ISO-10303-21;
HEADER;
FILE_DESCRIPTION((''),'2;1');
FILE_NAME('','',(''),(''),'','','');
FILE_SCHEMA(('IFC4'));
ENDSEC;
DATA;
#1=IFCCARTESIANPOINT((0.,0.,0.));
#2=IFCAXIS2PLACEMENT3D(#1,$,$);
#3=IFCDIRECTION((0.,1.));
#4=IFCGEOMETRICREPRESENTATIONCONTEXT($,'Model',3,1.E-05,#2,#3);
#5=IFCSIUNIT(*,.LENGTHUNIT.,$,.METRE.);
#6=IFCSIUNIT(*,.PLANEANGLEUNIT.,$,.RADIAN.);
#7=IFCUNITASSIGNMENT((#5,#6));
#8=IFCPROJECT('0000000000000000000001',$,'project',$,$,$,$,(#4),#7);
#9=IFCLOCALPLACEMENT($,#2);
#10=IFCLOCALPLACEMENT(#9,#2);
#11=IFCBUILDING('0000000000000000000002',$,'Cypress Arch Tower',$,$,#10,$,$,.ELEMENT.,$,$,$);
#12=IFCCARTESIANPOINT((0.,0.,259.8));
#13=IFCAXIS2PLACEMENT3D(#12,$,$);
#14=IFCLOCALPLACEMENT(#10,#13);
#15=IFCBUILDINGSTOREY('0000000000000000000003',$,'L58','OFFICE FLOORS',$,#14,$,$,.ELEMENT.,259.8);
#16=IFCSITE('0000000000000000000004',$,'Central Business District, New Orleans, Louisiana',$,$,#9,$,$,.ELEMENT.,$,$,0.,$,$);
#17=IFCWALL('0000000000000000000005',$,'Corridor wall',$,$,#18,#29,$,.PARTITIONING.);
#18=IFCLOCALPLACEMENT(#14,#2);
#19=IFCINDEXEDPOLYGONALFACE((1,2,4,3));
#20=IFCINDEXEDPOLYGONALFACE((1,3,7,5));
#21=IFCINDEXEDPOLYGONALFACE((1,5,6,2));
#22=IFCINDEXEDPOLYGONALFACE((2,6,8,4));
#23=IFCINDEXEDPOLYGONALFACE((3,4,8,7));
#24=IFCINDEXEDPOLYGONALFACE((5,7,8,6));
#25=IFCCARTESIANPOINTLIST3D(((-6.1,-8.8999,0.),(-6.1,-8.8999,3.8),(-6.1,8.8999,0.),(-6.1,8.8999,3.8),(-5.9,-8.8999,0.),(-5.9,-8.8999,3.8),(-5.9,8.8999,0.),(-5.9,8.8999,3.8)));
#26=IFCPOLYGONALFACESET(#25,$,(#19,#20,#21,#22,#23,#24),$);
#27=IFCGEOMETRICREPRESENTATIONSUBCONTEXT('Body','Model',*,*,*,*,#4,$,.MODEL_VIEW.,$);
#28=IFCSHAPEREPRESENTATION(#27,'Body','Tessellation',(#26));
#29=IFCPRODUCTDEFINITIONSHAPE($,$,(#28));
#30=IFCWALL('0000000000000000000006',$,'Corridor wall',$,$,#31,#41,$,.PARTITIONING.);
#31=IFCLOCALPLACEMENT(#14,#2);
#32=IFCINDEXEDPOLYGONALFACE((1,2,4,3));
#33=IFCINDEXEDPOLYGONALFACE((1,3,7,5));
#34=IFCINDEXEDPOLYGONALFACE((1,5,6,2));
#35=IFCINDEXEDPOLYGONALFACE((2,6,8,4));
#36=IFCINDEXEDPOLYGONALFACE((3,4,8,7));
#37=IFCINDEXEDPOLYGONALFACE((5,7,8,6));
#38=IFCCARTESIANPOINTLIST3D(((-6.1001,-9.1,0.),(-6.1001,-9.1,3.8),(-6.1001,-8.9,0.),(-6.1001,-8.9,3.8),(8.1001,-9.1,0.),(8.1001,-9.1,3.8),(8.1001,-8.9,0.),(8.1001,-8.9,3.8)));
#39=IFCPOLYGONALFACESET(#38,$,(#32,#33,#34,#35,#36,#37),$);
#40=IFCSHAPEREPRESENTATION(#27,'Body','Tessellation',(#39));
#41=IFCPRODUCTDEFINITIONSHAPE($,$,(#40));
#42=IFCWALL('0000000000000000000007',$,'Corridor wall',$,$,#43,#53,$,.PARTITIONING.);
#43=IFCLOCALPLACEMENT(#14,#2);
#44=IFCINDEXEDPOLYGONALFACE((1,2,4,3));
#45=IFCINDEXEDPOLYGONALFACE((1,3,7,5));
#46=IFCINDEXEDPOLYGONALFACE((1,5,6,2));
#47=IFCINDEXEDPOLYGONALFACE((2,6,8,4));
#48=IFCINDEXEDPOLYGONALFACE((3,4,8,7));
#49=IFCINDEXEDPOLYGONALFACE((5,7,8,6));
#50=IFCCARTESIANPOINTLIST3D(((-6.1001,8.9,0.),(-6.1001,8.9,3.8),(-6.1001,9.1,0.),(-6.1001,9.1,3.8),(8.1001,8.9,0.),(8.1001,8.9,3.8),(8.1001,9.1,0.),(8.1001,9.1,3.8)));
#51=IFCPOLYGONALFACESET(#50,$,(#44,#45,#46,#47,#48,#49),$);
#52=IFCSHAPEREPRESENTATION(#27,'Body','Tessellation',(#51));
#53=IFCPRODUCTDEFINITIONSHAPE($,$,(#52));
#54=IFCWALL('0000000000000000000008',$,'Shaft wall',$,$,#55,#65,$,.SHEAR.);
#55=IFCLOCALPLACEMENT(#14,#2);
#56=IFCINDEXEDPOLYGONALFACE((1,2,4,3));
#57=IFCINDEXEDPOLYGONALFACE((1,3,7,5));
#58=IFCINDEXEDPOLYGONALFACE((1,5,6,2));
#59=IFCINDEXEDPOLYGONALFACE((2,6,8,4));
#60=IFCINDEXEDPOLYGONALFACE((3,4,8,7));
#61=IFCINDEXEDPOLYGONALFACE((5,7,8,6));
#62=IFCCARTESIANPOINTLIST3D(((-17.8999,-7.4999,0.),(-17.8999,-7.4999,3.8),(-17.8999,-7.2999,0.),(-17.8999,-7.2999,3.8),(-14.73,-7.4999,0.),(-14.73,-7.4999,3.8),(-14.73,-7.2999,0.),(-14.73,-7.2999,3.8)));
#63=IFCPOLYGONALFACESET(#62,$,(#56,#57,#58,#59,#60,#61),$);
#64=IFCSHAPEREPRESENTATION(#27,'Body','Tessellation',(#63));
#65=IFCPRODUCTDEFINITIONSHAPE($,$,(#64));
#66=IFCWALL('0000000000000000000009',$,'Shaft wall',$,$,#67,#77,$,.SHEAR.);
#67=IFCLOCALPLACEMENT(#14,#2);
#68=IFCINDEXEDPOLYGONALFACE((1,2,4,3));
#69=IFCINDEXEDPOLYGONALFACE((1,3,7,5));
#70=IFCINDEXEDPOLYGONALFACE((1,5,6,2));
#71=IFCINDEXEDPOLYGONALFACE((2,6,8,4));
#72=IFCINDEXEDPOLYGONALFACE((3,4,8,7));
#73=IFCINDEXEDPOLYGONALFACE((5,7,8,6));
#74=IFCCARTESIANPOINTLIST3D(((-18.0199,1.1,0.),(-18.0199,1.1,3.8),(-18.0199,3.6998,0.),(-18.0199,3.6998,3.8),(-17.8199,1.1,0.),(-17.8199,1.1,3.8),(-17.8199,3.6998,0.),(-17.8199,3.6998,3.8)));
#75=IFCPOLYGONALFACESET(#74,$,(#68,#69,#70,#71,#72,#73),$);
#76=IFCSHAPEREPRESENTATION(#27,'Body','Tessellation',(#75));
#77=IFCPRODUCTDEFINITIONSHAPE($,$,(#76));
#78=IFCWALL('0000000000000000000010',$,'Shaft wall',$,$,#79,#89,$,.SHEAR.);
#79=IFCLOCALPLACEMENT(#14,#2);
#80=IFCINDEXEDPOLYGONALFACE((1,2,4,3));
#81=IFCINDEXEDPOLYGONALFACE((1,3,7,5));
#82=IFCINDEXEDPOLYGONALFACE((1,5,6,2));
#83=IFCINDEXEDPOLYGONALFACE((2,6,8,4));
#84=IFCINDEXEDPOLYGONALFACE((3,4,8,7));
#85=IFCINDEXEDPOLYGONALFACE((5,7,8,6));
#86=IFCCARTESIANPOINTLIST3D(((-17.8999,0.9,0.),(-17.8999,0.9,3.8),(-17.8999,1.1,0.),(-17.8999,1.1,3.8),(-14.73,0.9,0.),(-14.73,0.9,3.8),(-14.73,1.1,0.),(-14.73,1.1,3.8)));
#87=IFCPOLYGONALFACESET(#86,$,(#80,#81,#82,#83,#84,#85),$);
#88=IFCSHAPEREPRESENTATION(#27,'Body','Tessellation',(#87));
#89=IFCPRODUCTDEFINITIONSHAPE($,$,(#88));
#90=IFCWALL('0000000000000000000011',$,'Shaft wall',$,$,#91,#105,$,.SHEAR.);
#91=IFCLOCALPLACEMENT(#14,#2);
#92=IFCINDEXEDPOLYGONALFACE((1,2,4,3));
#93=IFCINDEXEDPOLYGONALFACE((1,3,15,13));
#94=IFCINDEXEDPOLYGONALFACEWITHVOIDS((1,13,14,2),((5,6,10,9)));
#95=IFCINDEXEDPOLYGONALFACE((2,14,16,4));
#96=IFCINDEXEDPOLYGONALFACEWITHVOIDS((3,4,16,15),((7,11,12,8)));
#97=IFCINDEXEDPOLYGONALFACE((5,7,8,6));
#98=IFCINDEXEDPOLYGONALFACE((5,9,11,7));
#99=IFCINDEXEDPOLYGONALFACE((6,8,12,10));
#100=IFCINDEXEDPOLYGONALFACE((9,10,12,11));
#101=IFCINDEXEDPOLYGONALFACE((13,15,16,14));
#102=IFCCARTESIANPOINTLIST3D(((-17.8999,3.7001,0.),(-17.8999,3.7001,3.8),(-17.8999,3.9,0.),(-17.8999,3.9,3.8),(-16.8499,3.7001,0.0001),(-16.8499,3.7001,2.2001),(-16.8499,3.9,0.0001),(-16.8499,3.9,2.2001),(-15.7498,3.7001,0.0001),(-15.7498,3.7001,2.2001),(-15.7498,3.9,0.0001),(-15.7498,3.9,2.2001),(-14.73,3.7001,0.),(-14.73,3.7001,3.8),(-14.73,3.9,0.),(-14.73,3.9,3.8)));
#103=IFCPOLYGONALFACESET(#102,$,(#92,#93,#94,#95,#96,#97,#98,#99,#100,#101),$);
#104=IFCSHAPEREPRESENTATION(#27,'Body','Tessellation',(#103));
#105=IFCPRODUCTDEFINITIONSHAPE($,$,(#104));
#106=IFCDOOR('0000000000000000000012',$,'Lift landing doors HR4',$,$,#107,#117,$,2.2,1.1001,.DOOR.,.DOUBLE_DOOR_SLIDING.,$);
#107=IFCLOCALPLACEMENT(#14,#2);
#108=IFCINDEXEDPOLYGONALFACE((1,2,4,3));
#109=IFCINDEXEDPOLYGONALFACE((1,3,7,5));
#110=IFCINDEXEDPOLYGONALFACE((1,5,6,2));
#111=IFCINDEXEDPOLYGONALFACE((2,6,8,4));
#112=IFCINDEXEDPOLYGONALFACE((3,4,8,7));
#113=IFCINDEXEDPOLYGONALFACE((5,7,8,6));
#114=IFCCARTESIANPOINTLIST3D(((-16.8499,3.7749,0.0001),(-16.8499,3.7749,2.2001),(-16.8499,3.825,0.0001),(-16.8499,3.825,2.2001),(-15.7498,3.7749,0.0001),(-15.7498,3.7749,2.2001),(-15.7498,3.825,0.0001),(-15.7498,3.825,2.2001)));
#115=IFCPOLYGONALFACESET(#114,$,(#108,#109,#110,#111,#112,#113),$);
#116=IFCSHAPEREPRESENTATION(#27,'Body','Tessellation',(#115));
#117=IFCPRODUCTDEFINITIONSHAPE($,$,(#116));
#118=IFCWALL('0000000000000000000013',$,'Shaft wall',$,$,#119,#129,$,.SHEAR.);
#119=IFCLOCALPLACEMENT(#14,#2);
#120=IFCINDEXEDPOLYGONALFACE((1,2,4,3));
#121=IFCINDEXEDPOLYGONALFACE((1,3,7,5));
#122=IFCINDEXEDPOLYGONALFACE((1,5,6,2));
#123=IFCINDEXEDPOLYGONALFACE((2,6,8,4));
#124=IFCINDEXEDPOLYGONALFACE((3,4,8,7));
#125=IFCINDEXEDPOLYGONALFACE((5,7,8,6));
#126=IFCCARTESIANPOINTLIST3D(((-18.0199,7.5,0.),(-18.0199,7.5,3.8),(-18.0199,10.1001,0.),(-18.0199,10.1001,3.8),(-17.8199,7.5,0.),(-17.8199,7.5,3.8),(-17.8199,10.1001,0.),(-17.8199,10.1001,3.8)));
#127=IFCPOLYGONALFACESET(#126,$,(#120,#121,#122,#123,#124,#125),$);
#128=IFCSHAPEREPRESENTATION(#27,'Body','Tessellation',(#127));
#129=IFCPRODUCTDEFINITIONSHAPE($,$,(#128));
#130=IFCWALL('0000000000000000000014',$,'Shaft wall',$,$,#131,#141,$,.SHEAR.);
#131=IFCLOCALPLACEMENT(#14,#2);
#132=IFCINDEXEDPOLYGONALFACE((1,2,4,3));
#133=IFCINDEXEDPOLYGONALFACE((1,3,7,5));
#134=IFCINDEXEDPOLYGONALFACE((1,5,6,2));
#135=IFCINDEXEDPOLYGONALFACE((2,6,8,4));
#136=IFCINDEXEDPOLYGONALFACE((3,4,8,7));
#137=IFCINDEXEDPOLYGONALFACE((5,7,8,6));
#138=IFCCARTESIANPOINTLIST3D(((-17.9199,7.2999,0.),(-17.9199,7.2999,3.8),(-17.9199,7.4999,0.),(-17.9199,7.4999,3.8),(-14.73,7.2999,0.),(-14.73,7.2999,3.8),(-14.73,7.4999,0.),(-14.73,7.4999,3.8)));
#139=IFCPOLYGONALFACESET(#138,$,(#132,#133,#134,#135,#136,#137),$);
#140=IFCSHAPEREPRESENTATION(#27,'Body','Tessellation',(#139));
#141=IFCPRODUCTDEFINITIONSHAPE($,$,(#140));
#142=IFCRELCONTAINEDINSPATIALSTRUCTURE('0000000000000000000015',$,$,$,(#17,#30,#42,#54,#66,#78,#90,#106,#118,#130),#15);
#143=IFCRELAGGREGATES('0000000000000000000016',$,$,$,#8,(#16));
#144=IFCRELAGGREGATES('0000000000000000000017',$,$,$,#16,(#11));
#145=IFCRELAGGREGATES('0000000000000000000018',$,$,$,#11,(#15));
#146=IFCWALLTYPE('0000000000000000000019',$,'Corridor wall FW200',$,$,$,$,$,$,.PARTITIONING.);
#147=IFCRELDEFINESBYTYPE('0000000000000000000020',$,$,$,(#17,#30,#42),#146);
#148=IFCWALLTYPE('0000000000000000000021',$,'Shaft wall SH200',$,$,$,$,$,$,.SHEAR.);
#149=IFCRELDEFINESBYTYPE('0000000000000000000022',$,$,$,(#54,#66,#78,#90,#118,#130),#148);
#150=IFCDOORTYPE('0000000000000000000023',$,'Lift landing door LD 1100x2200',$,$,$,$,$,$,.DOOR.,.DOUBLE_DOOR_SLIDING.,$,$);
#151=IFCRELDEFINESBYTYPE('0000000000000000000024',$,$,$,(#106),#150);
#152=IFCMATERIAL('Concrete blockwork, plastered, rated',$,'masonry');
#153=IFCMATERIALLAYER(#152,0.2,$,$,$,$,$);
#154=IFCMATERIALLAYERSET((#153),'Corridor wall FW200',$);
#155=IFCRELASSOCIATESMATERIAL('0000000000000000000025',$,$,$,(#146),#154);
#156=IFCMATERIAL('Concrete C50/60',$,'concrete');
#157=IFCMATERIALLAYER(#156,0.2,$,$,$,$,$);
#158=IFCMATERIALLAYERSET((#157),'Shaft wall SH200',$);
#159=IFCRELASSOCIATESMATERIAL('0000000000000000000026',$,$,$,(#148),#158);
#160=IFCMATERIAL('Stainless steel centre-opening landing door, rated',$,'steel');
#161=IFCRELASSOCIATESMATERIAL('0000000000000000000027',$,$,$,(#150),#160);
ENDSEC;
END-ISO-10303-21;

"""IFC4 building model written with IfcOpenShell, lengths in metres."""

from ifc_helpers import new_model, si_unit, direction, frame, frame_2d, origin, place, context, subcontext, project, spatial, rectangle, extrude, material, layer, layer_set, type_object, element, fill, save


model = new_model("IFC4")

# Units and contexts
model_context = context("Model", 3, precision=1e-05, world=origin(), true_north=direction((0.0, 1.0)))
body_context = subcontext(model_context, "Body", "Model", "MODEL_VIEW")
ifc_project = project(units=[si_unit("LENGTHUNIT", "METRE"), si_unit("PLANEANGLEUNIT", "RADIAN")], contexts=[model_context])

# Site, building, storey
site_placement = place(None, origin())
site = spatial("IfcSite", under=ifc_project, at=site_placement, Name="Central Business District, New Orleans, Louisiana", CompositionType="ELEMENT", RefElevation=0.0)
building_placement = place(site_placement, origin())
building = spatial("IfcBuilding", under=site, at=building_placement, Name="Cypress Arch Tower", CompositionType="ELEMENT")
storey_placement = place(building_placement, frame((0.0, 0.0, 259.8)))
storey = spatial("IfcBuildingStorey", under=building, at=storey_placement, Name="L58", Description="OFFICE FLOORS", CompositionType="ELEMENT", Elevation=259.8)

# Walls
ifc_material_1 = material(Name="Concrete blockwork, plastered, rated", Category="masonry")
ifc_layer_1 = layer(ifc_material_1, 0.2)
ifc_layer_set_1 = layer_set([ifc_layer_1], Name="Corridor wall FW200")
wall_type_1 = type_object("IfcWallType", Name="Corridor wall FW200", PredefinedType="PARTITIONING", material=ifc_layer_set_1)
wall_1_placement = place(storey_placement, frame((-6.0, -8.8999, 0.0), z_axis=(0.0, 0.0, 1.0), x_axis=(0.0, 1.0, 0.0)))
element("IfcWall", 1, at=wall_1_placement, inside=storey, type_object=wall_type_1, Name="Corridor wall", PredefinedType="PARTITIONING", context=body_context, shape_type="SweptSolid", body=[
    extrude(rectangle(XDim=17.7998, YDim=0.2, at=frame_2d((8.8999, 0.0))), origin(), (0.0, 0.0, 1.0), 3.8),
])
for number, where, z_axis, x_axis, name in (
    (2, (-6.1001, -9.0, 0.0), (0.0, 0.0, 1.0), (1.0, 0.0, 0.0), "Corridor wall"),
    (3, (-6.1001, 9.0, 0.0), (0.0, 0.0, 1.0), (1.0, 0.0, 0.0), "Corridor wall"),
):
    element("IfcWall", number, at=place(storey_placement, frame(where, z_axis=z_axis, x_axis=x_axis)), inside=storey, type_object=wall_type_1, Name=name, PredefinedType="PARTITIONING", context=body_context, shape_type="SweptSolid", body=[
        extrude(rectangle(XDim=14.2002, YDim=0.2, at=frame_2d((7.1001, 0.0))), origin(), (0.0, 0.0, 1.0), 3.8),
    ])
ifc_material_2 = material(Name="Concrete C50/60", Category="concrete")
ifc_layer_2 = layer(ifc_material_2, 0.2)
ifc_layer_set_2 = layer_set([ifc_layer_2], Name="Shaft wall SH200")
wall_type_2 = type_object("IfcWallType", Name="Shaft wall SH200", PredefinedType="SHEAR", material=ifc_layer_set_2)
wall_2_placement = place(storey_placement, frame((-17.8999, -7.3999, 0.0), z_axis=(0.0, 0.0, 1.0), x_axis=(1.0, 0.0, 0.0)))
element("IfcWall", 4, at=wall_2_placement, inside=storey, type_object=wall_type_2, Name="Shaft wall", PredefinedType="SHEAR", context=body_context, shape_type="SweptSolid", body=[
    extrude(rectangle(XDim=3.1699, YDim=0.2, at=frame_2d((1.585, 0.0))), origin(), (0.0, 0.0, 1.0), 3.8),
])
wall_3_placement = place(storey_placement, frame((-17.9199, 1.1001, 0.0), z_axis=(0.0, 0.0, 1.0), x_axis=(0.0, 1.0, 0.0)))
element("IfcWall", 5, at=wall_3_placement, inside=storey, type_object=wall_type_2, Name="Shaft wall", PredefinedType="SHEAR", context=body_context, shape_type="SweptSolid", body=[
    extrude(rectangle(XDim=2.5999, YDim=0.2, at=frame_2d((1.2998, 0.0))), origin(), (0.0, 0.0, 1.0), 3.8),
])
wall_4_placement = place(storey_placement, frame((-17.8999, 1.0, 0.0), z_axis=(0.0, 0.0, 1.0), x_axis=(1.0, 0.0, 0.0)))
element("IfcWall", 6, at=wall_4_placement, inside=storey, type_object=wall_type_2, Name="Shaft wall", PredefinedType="SHEAR", context=body_context, shape_type="SweptSolid", body=[
    extrude(rectangle(XDim=3.1699, YDim=0.2, at=frame_2d((1.585, 0.0))), origin(), (0.0, 0.0, 1.0), 3.8),
])

# Wall, opening, door
wall_5_placement = place(storey_placement, frame((-17.8999, 3.8, 0.0), z_axis=(0.0, 0.0, 1.0), x_axis=(1.0, 0.0, 0.0)))
wall_5 = element("IfcWall", 7, at=wall_5_placement, inside=storey, type_object=wall_type_2, Name="Shaft wall", PredefinedType="SHEAR", context=body_context, shape_type="SweptSolid", body=[
    extrude(rectangle(XDim=3.1699, YDim=0.2, at=frame_2d((1.585, 0.0))), origin(), (0.0, 0.0, 1.0), 3.8),
])
opening_placement = place(wall_5_placement, frame((1.05, 0.0, 0.0)))
opening = element("IfcOpeningElement", 8, at=opening_placement, cuts=wall_5, PredefinedType="OPENING", context=body_context, shape_type="SweptSolid", body=[
    extrude(rectangle(XDim=1.1001, YDim=2.2, at=frame_2d((0.55, 1.1001))), frame((0.0, 0.1099, 0.0), z_axis=(0.0, -1.0, 0.0), x_axis=(1.0, 0.0, 0.0)), (0.0, 0.0, 1.0), 0.22),
])
ifc_material_3 = material(Name="Stainless steel centre-opening landing door, rated", Category="steel")
door_type = type_object("IfcDoorType", Name="Lift landing door LD 1100x2200", OperationType="DOUBLE_DOOR_SLIDING", PredefinedType="DOOR", material=ifc_material_3)
door_placement = place(opening_placement, origin())
door = element("IfcDoor", 9, at=door_placement, inside=storey, type_object=door_type, Name="Lift landing doors HR4", OperationType="DOUBLE_DOOR_SLIDING", OverallHeight=2.2, OverallWidth=1.1001, PredefinedType="DOOR", context=body_context, shape_type="SweptSolid", body=[
    extrude(rectangle(XDim=1.1001, YDim=2.2, at=frame_2d((0.55, 1.1001))), frame((0.0, 0.0249, 0.0), z_axis=(0.0, -1.0, 0.0), x_axis=(1.0, 0.0, 0.0)), (0.0, 0.0, 1.0), 0.05),
])
fill(opening, door)

# Walls
wall_6_placement = place(storey_placement, frame((-17.9199, 7.5, 0.0), z_axis=(0.0, 0.0, 1.0), x_axis=(0.0, 1.0, 0.0)))
element("IfcWall", 10, at=wall_6_placement, inside=storey, type_object=wall_type_2, Name="Shaft wall", PredefinedType="SHEAR", context=body_context, shape_type="SweptSolid", body=[
    extrude(rectangle(XDim=2.6001, YDim=0.2, at=frame_2d((1.3, 0.0))), origin(), (0.0, 0.0, 1.0), 3.8),
])
wall_7_placement = place(storey_placement, frame((-17.9199, 7.3999, 0.0), z_axis=(0.0, 0.0, 1.0), x_axis=(1.0, 0.0, 0.0)))
element("IfcWall", 11, at=wall_7_placement, inside=storey, type_object=wall_type_2, Name="Shaft wall", PredefinedType="SHEAR", context=body_context, shape_type="SweptSolid", body=[
    extrude(rectangle(XDim=3.1899, YDim=0.2, at=frame_2d((1.595, 0.0))), origin(), (0.0, 0.0, 1.0), 3.8),
])

save(model, "model.ifc")
